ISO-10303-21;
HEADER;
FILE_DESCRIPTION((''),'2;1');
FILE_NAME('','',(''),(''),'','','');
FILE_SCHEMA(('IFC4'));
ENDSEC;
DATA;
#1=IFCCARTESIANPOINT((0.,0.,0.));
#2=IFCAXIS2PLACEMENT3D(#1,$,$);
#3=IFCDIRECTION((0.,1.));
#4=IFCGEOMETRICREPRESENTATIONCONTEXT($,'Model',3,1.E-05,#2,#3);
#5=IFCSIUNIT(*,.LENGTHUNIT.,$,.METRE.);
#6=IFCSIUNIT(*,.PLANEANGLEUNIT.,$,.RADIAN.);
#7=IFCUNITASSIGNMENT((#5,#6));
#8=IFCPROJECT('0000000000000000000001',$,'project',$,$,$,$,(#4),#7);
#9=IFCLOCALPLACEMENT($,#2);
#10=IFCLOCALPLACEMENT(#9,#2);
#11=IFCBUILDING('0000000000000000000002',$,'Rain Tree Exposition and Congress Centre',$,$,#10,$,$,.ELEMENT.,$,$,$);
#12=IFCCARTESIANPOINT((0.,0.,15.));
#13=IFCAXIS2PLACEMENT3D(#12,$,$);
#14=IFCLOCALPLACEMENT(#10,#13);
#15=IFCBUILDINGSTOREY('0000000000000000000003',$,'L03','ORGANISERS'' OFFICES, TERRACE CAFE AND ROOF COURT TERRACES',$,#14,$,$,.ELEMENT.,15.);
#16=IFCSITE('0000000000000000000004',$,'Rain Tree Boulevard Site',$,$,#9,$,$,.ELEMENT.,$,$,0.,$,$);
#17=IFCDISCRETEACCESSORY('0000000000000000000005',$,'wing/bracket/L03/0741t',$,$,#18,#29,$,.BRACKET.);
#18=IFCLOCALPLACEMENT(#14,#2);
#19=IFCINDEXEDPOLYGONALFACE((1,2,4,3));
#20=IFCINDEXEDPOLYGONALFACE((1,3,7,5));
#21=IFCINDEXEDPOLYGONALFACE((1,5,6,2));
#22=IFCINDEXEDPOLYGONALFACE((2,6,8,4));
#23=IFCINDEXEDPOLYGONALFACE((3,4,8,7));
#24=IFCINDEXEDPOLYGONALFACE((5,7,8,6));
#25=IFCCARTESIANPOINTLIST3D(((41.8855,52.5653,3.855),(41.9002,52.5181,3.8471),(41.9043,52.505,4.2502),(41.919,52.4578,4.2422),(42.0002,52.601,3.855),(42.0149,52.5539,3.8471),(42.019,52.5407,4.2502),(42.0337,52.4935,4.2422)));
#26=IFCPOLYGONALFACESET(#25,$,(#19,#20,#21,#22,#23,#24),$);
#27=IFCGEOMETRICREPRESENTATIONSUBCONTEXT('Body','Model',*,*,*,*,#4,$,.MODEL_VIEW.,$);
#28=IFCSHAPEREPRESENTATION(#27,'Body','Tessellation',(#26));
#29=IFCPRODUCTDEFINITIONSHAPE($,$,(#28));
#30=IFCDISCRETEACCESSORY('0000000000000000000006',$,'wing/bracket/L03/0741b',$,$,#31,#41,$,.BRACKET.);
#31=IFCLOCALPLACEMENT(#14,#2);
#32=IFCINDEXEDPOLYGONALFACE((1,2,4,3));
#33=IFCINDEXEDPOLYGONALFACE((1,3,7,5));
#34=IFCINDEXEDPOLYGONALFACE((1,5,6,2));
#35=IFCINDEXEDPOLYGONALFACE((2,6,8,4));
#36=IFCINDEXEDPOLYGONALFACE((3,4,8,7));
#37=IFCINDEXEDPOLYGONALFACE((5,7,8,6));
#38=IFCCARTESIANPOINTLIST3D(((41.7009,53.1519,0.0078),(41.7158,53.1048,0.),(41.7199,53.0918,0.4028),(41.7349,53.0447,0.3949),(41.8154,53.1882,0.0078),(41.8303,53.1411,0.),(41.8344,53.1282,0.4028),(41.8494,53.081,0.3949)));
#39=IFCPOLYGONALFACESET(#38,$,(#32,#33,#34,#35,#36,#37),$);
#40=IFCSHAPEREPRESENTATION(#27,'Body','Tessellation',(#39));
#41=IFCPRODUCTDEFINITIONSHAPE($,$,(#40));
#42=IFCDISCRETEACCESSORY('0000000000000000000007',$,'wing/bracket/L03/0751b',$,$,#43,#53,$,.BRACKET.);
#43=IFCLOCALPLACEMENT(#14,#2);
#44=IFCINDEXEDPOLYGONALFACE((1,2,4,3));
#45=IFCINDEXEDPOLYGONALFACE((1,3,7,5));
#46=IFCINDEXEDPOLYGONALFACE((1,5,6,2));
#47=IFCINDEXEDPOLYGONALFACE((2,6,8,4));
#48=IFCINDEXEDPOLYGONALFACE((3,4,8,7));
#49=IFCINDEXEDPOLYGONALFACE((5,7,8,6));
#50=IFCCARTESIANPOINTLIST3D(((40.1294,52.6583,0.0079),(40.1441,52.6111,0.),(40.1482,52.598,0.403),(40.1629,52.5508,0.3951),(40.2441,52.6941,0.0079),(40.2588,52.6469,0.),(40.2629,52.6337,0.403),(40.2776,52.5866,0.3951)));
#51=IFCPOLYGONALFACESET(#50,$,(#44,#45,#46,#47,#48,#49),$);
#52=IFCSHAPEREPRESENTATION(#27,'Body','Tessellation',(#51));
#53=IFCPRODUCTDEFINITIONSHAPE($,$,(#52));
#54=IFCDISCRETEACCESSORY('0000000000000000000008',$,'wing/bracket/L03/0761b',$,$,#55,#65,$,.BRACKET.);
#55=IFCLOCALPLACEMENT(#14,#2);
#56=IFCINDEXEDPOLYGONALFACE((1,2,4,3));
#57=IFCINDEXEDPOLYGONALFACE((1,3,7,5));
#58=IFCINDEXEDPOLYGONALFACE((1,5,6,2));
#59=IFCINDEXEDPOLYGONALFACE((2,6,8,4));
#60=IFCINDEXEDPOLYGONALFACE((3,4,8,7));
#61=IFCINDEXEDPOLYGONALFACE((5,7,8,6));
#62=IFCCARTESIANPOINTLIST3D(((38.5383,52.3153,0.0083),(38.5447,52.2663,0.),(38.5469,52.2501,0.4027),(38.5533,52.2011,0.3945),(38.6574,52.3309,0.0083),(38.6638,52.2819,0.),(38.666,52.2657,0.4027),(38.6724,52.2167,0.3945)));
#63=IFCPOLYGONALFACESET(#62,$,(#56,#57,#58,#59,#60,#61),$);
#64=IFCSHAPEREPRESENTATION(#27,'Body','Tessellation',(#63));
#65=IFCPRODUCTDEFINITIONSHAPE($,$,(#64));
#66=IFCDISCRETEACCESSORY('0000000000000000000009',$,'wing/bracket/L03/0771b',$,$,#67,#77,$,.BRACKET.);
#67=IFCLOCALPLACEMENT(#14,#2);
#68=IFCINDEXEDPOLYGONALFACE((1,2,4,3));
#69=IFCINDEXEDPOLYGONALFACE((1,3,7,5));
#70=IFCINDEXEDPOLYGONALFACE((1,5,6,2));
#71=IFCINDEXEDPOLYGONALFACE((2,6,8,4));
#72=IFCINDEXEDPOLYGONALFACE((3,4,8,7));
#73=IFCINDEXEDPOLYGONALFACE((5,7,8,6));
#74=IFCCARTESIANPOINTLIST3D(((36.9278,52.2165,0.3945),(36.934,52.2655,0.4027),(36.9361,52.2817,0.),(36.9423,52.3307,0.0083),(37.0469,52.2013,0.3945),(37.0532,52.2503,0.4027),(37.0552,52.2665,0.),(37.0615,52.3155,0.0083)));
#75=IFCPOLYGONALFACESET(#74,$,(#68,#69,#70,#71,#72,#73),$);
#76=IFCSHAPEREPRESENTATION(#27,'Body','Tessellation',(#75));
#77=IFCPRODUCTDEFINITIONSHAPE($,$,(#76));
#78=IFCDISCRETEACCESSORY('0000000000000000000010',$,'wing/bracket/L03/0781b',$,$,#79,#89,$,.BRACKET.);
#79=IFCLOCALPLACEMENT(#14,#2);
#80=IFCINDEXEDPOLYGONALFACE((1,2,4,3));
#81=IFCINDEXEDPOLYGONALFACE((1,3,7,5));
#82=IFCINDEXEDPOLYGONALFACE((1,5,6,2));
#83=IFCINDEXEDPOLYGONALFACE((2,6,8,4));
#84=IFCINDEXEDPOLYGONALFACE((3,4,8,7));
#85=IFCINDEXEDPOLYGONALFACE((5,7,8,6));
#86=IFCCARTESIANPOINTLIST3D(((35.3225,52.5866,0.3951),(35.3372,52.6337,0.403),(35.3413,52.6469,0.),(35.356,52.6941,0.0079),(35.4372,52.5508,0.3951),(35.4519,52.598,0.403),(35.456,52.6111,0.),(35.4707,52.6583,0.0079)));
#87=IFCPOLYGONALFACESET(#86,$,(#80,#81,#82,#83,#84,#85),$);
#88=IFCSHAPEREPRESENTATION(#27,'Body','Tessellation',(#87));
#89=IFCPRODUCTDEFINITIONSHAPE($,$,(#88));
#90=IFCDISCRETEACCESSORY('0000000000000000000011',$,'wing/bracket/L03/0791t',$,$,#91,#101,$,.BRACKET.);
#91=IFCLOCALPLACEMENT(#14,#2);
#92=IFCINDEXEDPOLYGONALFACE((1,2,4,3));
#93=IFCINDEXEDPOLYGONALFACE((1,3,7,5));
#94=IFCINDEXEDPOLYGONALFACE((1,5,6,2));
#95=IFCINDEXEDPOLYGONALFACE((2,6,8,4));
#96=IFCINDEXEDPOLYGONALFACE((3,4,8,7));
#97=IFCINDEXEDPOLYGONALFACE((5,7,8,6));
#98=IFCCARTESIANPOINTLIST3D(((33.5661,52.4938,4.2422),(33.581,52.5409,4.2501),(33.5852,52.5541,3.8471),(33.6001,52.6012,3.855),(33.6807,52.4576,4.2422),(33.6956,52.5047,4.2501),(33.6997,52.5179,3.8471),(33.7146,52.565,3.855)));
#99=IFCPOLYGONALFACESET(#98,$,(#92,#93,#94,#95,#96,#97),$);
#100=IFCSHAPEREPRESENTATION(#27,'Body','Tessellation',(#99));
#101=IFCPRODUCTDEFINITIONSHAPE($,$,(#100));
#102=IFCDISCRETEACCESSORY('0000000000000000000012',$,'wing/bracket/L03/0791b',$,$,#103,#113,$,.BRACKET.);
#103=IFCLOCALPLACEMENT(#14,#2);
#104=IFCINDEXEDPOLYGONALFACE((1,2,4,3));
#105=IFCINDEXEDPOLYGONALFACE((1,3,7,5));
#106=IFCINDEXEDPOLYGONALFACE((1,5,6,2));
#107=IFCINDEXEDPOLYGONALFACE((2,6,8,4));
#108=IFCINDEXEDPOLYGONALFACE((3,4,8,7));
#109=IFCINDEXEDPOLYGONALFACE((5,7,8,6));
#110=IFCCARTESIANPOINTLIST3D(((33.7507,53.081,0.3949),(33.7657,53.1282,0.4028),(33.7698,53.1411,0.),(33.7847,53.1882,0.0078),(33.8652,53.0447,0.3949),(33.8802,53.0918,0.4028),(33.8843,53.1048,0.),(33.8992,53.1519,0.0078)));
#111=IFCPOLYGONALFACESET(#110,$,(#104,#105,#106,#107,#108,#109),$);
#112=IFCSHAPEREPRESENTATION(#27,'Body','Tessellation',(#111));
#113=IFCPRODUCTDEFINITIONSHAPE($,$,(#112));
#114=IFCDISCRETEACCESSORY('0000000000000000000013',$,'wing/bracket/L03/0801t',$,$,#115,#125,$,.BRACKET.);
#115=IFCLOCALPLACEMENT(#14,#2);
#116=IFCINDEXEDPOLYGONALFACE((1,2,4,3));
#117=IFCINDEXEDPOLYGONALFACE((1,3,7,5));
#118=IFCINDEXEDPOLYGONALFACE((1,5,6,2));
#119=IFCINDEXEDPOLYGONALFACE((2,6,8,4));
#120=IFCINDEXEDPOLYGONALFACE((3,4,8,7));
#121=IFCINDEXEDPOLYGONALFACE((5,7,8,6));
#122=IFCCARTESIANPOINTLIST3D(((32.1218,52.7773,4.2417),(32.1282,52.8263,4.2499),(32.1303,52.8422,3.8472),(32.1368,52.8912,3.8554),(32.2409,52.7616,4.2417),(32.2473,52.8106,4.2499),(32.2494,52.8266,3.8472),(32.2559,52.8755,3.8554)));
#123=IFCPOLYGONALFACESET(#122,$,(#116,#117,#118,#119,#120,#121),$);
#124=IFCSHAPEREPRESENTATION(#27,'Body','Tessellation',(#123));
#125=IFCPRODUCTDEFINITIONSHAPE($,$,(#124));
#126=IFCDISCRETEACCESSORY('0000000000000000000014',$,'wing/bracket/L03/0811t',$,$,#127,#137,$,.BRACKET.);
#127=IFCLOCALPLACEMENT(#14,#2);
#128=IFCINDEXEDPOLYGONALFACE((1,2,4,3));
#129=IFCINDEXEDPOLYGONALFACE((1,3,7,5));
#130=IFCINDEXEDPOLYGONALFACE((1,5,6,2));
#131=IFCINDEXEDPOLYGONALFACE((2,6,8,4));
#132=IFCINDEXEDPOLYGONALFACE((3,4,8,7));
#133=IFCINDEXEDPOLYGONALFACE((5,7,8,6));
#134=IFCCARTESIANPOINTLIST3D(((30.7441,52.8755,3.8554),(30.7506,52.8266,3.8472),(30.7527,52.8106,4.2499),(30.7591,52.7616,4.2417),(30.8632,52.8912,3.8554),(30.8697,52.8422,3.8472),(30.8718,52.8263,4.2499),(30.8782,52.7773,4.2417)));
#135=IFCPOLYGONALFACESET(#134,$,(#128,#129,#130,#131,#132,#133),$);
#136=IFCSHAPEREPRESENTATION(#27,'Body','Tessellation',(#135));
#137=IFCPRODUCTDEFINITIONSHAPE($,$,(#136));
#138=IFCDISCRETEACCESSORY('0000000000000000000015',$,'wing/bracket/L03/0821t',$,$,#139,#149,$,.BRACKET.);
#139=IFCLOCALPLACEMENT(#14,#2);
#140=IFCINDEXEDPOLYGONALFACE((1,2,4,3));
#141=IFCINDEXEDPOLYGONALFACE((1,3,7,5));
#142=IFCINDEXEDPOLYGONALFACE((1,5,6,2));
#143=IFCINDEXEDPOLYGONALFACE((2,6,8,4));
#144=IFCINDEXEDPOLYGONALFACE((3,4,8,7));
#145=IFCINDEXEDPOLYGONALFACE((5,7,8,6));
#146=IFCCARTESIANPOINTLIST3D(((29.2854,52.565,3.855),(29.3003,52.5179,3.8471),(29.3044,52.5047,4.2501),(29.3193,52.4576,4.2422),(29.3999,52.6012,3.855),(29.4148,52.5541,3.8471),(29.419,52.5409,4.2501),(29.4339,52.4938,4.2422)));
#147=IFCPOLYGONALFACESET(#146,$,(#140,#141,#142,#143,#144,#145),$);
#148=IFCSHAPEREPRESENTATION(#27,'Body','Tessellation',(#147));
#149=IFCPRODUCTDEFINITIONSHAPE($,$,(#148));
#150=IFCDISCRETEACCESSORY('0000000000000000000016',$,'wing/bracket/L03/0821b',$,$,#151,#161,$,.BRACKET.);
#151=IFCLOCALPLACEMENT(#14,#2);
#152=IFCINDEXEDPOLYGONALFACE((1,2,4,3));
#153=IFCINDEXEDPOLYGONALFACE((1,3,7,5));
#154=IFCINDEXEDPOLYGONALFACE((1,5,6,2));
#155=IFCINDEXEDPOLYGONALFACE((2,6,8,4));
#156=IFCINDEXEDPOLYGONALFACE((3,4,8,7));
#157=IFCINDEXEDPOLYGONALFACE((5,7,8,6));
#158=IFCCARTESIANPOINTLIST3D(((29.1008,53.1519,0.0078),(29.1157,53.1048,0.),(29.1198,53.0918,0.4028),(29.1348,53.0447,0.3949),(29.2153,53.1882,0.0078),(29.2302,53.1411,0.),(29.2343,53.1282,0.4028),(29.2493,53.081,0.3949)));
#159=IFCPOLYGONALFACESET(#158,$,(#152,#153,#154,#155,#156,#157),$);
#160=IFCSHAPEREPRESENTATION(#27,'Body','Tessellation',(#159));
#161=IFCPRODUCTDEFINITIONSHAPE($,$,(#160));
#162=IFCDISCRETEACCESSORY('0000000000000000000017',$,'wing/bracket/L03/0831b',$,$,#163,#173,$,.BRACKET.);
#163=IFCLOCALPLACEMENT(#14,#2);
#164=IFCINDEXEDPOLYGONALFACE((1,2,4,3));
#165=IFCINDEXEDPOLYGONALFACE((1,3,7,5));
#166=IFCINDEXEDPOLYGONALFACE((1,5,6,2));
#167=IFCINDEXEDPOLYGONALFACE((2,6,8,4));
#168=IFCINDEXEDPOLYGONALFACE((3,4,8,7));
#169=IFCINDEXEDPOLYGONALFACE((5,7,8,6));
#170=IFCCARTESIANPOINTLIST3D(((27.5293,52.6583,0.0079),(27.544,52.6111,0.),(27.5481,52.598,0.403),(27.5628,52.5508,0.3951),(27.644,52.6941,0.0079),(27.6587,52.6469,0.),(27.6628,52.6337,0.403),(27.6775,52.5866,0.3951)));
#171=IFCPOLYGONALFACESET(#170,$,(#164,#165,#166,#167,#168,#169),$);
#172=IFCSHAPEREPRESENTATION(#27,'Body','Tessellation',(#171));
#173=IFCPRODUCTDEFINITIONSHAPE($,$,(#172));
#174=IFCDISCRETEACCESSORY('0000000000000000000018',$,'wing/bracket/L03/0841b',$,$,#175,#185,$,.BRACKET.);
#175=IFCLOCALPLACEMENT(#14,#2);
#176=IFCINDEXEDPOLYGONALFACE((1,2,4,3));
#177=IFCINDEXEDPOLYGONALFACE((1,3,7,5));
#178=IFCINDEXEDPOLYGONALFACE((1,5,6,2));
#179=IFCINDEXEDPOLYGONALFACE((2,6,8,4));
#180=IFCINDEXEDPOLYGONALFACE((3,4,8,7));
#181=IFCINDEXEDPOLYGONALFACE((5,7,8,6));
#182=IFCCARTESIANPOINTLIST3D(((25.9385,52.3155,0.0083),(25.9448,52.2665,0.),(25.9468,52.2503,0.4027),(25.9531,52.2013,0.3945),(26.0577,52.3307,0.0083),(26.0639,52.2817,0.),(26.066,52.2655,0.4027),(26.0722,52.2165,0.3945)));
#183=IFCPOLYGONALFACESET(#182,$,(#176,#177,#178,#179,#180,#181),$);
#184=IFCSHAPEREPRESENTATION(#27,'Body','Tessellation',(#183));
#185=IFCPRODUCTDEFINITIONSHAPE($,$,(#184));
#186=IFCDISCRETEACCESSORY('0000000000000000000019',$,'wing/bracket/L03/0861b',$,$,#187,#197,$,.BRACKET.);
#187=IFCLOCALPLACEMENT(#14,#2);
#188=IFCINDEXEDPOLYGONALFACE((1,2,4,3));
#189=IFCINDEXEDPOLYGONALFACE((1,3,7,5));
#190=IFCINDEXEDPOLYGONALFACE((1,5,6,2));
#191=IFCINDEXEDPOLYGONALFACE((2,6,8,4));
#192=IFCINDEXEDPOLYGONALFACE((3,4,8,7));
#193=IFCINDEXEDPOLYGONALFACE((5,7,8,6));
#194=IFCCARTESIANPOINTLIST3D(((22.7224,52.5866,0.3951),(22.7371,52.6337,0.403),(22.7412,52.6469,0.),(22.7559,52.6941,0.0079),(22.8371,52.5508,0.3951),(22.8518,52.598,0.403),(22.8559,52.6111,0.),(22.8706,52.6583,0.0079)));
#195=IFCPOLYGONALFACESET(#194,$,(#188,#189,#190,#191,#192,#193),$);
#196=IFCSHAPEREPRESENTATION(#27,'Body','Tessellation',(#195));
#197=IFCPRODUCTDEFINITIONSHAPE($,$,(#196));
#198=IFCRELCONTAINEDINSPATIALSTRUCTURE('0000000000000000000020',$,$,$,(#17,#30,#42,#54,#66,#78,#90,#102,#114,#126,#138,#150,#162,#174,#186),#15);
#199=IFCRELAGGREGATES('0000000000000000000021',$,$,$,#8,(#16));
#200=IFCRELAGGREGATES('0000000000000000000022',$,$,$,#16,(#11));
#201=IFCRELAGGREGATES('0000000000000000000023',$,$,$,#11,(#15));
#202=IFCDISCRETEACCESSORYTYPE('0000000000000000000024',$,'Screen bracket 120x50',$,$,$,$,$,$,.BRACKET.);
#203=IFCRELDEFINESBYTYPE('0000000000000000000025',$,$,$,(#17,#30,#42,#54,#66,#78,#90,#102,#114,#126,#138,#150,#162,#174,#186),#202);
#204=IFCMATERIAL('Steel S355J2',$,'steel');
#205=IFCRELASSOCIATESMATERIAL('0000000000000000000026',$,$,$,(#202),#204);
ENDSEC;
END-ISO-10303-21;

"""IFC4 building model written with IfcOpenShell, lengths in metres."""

from ifc_helpers import new_model, si_unit, direction, frame, origin, origin_2d, place, context, subcontext, project, spatial, rectangle, extrude, material, material_profile, profile_set, type_object, element, save


model = new_model("IFC4")

# Units and contexts
model_context = context("Model", 3, precision=1e-05, world=origin(), true_north=direction((0.0, 1.0)))
body_context = subcontext(model_context, "Body", "Model", "MODEL_VIEW")
ifc_project = project(units=[si_unit("LENGTHUNIT", "METRE"), si_unit("PLANEANGLEUNIT", "RADIAN")], contexts=[model_context])

# Site, building, storey
site_placement = place(None, origin())
site = spatial("IfcSite", under=ifc_project, at=site_placement, Name="Rain Tree Boulevard Site", CompositionType="ELEMENT", RefElevation=0.0)
building_placement = place(site_placement, origin())
building = spatial("IfcBuilding", under=site, at=building_placement, Name="Rain Tree Exposition and Congress Centre", CompositionType="ELEMENT")
storey_placement = place(building_placement, frame((0.0, 0.0, 15.0)))
storey = spatial("IfcBuildingStorey", under=building, at=storey_placement, Name="L03", Description="ORGANISERS' OFFICES, TERRACE CAFE AND ROOF COURT TERRACES", CompositionType="ELEMENT", Elevation=15.0)

# Discrete accessories
ifc_material_1 = material(Name="Steel S355J2", Category="steel")
ifc_material_profile = material_profile(ifc_material_1, rectangle(XDim=0.1201, YDim=0.05, at=origin_2d()), Name="Flat bar 120x50")
ifc_profile_set = profile_set([ifc_material_profile], Name="Steel S355J2")
discrete_accessory_type = type_object("IfcDiscreteAccessoryType", Name="Screen bracket 120x50", PredefinedType="BRACKET", material=ifc_profile_set)
discrete_accessory_1_placement = place(storey_placement, frame((41.9502, 52.5596, 3.8511), z_axis=(0.046993, -0.150743, 0.987456), x_axis=(0.954686, 0.297615, 0.0)))
element("IfcDiscreteAccessory", 1, at=discrete_accessory_1_placement, inside=storey, type_object=discrete_accessory_type, Name="wing/bracket/L03/0741t", PredefinedType="BRACKET", context=body_context, shape_type="SweptSolid", body=[
    extrude(rectangle(XDim=0.1201, YDim=0.05, at=origin_2d()), origin(), (0.0, 0.0, 1.0), 0.4001),
])
discrete_accessory_2_placement = place(storey_placement, frame((41.7656, 53.1465, 0.0039), z_axis=(0.047606, -0.150142, 0.987518), x_axis=(0.953231, 0.302244, 0.0)))
element("IfcDiscreteAccessory", 2, at=discrete_accessory_2_placement, inside=storey, type_object=discrete_accessory_type, Name="wing/bracket/L03/0741b", PredefinedType="BRACKET", context=body_context, shape_type="SweptSolid", body=[
    extrude(rectangle(XDim=0.1201, YDim=0.05, at=origin_2d()), origin(), (0.0, 0.0, 1.0), 0.3999),
])
discrete_accessory_3_placement = place(storey_placement, frame((40.1941, 52.6526, 0.0039), z_axis=(0.046993, -0.150743, 0.987456), x_axis=(0.954686, 0.297615, 0.0)))
element("IfcDiscreteAccessory", 3, at=discrete_accessory_3_placement, inside=storey, type_object=discrete_accessory_type, Name="wing/bracket/L03/0751b", PredefinedType="BRACKET", context=body_context, shape_type="SweptSolid", body=[
    extrude(rectangle(XDim=0.1201, YDim=0.05, at=origin_2d()), origin(), (0.0, 0.0, 1.0), 0.4001),
])
for number, where, z_axis, x_axis, name in (
    (4, (38.6011, 52.2986, 0.0042), (0.021364, -0.162976, 0.986399), (0.991517, 0.129974, 0.0), "wing/bracket/L03/0761b"),
    (5, (36.9988, 52.2986, 0.0042), (-0.020754, -0.162978, 0.986411), (0.991989, -0.126321, 0.0), "wing/bracket/L03/0771b"),
):
    element("IfcDiscreteAccessory", number, at=place(storey_placement, frame(where, z_axis=z_axis, x_axis=x_axis)), inside=storey, type_object=discrete_accessory_type, Name=name, PredefinedType="BRACKET", context=body_context, shape_type="SweptSolid", body=[
        extrude(rectangle(XDim=0.1201, YDim=0.05, at=origin_2d()), origin(), (0.0, 0.0, 1.0), 0.3999),
    ])
for number, where, z_axis, x_axis, name in (
    (6, (35.406, 52.6526, 0.0039), (-0.046993, -0.150743, 0.987456), (0.954686, -0.297615, 0.0), "wing/bracket/L03/0781b"),
    (7, (33.6499, 52.5596, 3.8511), (-0.047602, -0.150738, 0.987427), (0.953583, -0.301131, 0.0), "wing/bracket/L03/0791t"),
):
    element("IfcDiscreteAccessory", number, at=place(storey_placement, frame(where, z_axis=z_axis, x_axis=x_axis)), inside=storey, type_object=discrete_accessory_type, Name=name, PredefinedType="BRACKET", context=body_context, shape_type="SweptSolid", body=[
        extrude(rectangle(XDim=0.1201, YDim=0.05, at=origin_2d()), origin(), (0.0, 0.0, 1.0), 0.4001),
    ])
for number, where, z_axis, x_axis, name in (
    (8, (33.8345, 53.1465, 0.0039), (-0.047606, -0.150142, 0.987518), (0.953231, -0.302244, 0.0), "wing/bracket/L03/0791b"),
    (9, (32.1931, 52.8589, 3.8513), (-0.021366, -0.162381, 0.986497), (0.991454, -0.130455, 0.0), "wing/bracket/L03/0801t"),
    (10, (30.8069, 52.8589, 3.8513), (0.021366, -0.162381, 0.986497), (0.991454, 0.130455, 0.0), "wing/bracket/L03/0811t"),
):
    element("IfcDiscreteAccessory", number, at=place(storey_placement, frame(where, z_axis=z_axis, x_axis=x_axis)), inside=storey, type_object=discrete_accessory_type, Name=name, PredefinedType="BRACKET", context=body_context, shape_type="SweptSolid", body=[
        extrude(rectangle(XDim=0.1201, YDim=0.05, at=origin_2d()), origin(), (0.0, 0.0, 1.0), 0.3999),
    ])
discrete_accessory_4_placement = place(storey_placement, frame((29.3501, 52.5596, 3.8511), z_axis=(0.047602, -0.150738, 0.987427), x_axis=(0.953583, 0.301131, 0.0)))
element("IfcDiscreteAccessory", 11, at=discrete_accessory_4_placement, inside=storey, type_object=discrete_accessory_type, Name="wing/bracket/L03/0821t", PredefinedType="BRACKET", context=body_context, shape_type="SweptSolid", body=[
    extrude(rectangle(XDim=0.1201, YDim=0.05, at=origin_2d()), origin(), (0.0, 0.0, 1.0), 0.4001),
])
discrete_accessory_5_placement = place(storey_placement, frame((29.1655, 53.1465, 0.0039), z_axis=(0.047606, -0.150142, 0.987518), x_axis=(0.953231, 0.302244, 0.0)))
element("IfcDiscreteAccessory", 12, at=discrete_accessory_5_placement, inside=storey, type_object=discrete_accessory_type, Name="wing/bracket/L03/0821b", PredefinedType="BRACKET", context=body_context, shape_type="SweptSolid", body=[
    extrude(rectangle(XDim=0.1201, YDim=0.05, at=origin_2d()), origin(), (0.0, 0.0, 1.0), 0.3999),
])
discrete_accessory_6_placement = place(storey_placement, frame((27.594, 52.6526, 0.0039), z_axis=(0.046993, -0.150743, 0.987456), x_axis=(0.954686, 0.297615, 0.0)))
element("IfcDiscreteAccessory", 13, at=discrete_accessory_6_placement, inside=storey, type_object=discrete_accessory_type, Name="wing/bracket/L03/0831b", PredefinedType="BRACKET", context=body_context, shape_type="SweptSolid", body=[
    extrude(rectangle(XDim=0.1201, YDim=0.05, at=origin_2d()), origin(), (0.0, 0.0, 1.0), 0.4001),
])
discrete_accessory_7_placement = place(storey_placement, frame((26.0012, 52.2986, 0.0042), z_axis=(0.020754, -0.162978, 0.986411), x_axis=(0.991989, 0.126321, 0.0)))
element("IfcDiscreteAccessory", 14, at=discrete_accessory_7_placement, inside=storey, type_object=discrete_accessory_type, Name="wing/bracket/L03/0841b", PredefinedType="BRACKET", context=body_context, shape_type="SweptSolid", body=[
    extrude(rectangle(XDim=0.1201, YDim=0.05, at=origin_2d()), origin(), (0.0, 0.0, 1.0), 0.3999),
])
discrete_accessory_8_placement = place(storey_placement, frame((22.8059, 52.6526, 0.0039), z_axis=(-0.046993, -0.150743, 0.987456), x_axis=(0.954686, -0.297615, 0.0)))
element("IfcDiscreteAccessory", 15, at=discrete_accessory_8_placement, inside=storey, type_object=discrete_accessory_type, Name="wing/bracket/L03/0861b", PredefinedType="BRACKET", context=body_context, shape_type="SweptSolid", body=[
    extrude(rectangle(XDim=0.1201, YDim=0.05, at=origin_2d()), origin(), (0.0, 0.0, 1.0), 0.4001),
])

save(model, "model.ifc")
